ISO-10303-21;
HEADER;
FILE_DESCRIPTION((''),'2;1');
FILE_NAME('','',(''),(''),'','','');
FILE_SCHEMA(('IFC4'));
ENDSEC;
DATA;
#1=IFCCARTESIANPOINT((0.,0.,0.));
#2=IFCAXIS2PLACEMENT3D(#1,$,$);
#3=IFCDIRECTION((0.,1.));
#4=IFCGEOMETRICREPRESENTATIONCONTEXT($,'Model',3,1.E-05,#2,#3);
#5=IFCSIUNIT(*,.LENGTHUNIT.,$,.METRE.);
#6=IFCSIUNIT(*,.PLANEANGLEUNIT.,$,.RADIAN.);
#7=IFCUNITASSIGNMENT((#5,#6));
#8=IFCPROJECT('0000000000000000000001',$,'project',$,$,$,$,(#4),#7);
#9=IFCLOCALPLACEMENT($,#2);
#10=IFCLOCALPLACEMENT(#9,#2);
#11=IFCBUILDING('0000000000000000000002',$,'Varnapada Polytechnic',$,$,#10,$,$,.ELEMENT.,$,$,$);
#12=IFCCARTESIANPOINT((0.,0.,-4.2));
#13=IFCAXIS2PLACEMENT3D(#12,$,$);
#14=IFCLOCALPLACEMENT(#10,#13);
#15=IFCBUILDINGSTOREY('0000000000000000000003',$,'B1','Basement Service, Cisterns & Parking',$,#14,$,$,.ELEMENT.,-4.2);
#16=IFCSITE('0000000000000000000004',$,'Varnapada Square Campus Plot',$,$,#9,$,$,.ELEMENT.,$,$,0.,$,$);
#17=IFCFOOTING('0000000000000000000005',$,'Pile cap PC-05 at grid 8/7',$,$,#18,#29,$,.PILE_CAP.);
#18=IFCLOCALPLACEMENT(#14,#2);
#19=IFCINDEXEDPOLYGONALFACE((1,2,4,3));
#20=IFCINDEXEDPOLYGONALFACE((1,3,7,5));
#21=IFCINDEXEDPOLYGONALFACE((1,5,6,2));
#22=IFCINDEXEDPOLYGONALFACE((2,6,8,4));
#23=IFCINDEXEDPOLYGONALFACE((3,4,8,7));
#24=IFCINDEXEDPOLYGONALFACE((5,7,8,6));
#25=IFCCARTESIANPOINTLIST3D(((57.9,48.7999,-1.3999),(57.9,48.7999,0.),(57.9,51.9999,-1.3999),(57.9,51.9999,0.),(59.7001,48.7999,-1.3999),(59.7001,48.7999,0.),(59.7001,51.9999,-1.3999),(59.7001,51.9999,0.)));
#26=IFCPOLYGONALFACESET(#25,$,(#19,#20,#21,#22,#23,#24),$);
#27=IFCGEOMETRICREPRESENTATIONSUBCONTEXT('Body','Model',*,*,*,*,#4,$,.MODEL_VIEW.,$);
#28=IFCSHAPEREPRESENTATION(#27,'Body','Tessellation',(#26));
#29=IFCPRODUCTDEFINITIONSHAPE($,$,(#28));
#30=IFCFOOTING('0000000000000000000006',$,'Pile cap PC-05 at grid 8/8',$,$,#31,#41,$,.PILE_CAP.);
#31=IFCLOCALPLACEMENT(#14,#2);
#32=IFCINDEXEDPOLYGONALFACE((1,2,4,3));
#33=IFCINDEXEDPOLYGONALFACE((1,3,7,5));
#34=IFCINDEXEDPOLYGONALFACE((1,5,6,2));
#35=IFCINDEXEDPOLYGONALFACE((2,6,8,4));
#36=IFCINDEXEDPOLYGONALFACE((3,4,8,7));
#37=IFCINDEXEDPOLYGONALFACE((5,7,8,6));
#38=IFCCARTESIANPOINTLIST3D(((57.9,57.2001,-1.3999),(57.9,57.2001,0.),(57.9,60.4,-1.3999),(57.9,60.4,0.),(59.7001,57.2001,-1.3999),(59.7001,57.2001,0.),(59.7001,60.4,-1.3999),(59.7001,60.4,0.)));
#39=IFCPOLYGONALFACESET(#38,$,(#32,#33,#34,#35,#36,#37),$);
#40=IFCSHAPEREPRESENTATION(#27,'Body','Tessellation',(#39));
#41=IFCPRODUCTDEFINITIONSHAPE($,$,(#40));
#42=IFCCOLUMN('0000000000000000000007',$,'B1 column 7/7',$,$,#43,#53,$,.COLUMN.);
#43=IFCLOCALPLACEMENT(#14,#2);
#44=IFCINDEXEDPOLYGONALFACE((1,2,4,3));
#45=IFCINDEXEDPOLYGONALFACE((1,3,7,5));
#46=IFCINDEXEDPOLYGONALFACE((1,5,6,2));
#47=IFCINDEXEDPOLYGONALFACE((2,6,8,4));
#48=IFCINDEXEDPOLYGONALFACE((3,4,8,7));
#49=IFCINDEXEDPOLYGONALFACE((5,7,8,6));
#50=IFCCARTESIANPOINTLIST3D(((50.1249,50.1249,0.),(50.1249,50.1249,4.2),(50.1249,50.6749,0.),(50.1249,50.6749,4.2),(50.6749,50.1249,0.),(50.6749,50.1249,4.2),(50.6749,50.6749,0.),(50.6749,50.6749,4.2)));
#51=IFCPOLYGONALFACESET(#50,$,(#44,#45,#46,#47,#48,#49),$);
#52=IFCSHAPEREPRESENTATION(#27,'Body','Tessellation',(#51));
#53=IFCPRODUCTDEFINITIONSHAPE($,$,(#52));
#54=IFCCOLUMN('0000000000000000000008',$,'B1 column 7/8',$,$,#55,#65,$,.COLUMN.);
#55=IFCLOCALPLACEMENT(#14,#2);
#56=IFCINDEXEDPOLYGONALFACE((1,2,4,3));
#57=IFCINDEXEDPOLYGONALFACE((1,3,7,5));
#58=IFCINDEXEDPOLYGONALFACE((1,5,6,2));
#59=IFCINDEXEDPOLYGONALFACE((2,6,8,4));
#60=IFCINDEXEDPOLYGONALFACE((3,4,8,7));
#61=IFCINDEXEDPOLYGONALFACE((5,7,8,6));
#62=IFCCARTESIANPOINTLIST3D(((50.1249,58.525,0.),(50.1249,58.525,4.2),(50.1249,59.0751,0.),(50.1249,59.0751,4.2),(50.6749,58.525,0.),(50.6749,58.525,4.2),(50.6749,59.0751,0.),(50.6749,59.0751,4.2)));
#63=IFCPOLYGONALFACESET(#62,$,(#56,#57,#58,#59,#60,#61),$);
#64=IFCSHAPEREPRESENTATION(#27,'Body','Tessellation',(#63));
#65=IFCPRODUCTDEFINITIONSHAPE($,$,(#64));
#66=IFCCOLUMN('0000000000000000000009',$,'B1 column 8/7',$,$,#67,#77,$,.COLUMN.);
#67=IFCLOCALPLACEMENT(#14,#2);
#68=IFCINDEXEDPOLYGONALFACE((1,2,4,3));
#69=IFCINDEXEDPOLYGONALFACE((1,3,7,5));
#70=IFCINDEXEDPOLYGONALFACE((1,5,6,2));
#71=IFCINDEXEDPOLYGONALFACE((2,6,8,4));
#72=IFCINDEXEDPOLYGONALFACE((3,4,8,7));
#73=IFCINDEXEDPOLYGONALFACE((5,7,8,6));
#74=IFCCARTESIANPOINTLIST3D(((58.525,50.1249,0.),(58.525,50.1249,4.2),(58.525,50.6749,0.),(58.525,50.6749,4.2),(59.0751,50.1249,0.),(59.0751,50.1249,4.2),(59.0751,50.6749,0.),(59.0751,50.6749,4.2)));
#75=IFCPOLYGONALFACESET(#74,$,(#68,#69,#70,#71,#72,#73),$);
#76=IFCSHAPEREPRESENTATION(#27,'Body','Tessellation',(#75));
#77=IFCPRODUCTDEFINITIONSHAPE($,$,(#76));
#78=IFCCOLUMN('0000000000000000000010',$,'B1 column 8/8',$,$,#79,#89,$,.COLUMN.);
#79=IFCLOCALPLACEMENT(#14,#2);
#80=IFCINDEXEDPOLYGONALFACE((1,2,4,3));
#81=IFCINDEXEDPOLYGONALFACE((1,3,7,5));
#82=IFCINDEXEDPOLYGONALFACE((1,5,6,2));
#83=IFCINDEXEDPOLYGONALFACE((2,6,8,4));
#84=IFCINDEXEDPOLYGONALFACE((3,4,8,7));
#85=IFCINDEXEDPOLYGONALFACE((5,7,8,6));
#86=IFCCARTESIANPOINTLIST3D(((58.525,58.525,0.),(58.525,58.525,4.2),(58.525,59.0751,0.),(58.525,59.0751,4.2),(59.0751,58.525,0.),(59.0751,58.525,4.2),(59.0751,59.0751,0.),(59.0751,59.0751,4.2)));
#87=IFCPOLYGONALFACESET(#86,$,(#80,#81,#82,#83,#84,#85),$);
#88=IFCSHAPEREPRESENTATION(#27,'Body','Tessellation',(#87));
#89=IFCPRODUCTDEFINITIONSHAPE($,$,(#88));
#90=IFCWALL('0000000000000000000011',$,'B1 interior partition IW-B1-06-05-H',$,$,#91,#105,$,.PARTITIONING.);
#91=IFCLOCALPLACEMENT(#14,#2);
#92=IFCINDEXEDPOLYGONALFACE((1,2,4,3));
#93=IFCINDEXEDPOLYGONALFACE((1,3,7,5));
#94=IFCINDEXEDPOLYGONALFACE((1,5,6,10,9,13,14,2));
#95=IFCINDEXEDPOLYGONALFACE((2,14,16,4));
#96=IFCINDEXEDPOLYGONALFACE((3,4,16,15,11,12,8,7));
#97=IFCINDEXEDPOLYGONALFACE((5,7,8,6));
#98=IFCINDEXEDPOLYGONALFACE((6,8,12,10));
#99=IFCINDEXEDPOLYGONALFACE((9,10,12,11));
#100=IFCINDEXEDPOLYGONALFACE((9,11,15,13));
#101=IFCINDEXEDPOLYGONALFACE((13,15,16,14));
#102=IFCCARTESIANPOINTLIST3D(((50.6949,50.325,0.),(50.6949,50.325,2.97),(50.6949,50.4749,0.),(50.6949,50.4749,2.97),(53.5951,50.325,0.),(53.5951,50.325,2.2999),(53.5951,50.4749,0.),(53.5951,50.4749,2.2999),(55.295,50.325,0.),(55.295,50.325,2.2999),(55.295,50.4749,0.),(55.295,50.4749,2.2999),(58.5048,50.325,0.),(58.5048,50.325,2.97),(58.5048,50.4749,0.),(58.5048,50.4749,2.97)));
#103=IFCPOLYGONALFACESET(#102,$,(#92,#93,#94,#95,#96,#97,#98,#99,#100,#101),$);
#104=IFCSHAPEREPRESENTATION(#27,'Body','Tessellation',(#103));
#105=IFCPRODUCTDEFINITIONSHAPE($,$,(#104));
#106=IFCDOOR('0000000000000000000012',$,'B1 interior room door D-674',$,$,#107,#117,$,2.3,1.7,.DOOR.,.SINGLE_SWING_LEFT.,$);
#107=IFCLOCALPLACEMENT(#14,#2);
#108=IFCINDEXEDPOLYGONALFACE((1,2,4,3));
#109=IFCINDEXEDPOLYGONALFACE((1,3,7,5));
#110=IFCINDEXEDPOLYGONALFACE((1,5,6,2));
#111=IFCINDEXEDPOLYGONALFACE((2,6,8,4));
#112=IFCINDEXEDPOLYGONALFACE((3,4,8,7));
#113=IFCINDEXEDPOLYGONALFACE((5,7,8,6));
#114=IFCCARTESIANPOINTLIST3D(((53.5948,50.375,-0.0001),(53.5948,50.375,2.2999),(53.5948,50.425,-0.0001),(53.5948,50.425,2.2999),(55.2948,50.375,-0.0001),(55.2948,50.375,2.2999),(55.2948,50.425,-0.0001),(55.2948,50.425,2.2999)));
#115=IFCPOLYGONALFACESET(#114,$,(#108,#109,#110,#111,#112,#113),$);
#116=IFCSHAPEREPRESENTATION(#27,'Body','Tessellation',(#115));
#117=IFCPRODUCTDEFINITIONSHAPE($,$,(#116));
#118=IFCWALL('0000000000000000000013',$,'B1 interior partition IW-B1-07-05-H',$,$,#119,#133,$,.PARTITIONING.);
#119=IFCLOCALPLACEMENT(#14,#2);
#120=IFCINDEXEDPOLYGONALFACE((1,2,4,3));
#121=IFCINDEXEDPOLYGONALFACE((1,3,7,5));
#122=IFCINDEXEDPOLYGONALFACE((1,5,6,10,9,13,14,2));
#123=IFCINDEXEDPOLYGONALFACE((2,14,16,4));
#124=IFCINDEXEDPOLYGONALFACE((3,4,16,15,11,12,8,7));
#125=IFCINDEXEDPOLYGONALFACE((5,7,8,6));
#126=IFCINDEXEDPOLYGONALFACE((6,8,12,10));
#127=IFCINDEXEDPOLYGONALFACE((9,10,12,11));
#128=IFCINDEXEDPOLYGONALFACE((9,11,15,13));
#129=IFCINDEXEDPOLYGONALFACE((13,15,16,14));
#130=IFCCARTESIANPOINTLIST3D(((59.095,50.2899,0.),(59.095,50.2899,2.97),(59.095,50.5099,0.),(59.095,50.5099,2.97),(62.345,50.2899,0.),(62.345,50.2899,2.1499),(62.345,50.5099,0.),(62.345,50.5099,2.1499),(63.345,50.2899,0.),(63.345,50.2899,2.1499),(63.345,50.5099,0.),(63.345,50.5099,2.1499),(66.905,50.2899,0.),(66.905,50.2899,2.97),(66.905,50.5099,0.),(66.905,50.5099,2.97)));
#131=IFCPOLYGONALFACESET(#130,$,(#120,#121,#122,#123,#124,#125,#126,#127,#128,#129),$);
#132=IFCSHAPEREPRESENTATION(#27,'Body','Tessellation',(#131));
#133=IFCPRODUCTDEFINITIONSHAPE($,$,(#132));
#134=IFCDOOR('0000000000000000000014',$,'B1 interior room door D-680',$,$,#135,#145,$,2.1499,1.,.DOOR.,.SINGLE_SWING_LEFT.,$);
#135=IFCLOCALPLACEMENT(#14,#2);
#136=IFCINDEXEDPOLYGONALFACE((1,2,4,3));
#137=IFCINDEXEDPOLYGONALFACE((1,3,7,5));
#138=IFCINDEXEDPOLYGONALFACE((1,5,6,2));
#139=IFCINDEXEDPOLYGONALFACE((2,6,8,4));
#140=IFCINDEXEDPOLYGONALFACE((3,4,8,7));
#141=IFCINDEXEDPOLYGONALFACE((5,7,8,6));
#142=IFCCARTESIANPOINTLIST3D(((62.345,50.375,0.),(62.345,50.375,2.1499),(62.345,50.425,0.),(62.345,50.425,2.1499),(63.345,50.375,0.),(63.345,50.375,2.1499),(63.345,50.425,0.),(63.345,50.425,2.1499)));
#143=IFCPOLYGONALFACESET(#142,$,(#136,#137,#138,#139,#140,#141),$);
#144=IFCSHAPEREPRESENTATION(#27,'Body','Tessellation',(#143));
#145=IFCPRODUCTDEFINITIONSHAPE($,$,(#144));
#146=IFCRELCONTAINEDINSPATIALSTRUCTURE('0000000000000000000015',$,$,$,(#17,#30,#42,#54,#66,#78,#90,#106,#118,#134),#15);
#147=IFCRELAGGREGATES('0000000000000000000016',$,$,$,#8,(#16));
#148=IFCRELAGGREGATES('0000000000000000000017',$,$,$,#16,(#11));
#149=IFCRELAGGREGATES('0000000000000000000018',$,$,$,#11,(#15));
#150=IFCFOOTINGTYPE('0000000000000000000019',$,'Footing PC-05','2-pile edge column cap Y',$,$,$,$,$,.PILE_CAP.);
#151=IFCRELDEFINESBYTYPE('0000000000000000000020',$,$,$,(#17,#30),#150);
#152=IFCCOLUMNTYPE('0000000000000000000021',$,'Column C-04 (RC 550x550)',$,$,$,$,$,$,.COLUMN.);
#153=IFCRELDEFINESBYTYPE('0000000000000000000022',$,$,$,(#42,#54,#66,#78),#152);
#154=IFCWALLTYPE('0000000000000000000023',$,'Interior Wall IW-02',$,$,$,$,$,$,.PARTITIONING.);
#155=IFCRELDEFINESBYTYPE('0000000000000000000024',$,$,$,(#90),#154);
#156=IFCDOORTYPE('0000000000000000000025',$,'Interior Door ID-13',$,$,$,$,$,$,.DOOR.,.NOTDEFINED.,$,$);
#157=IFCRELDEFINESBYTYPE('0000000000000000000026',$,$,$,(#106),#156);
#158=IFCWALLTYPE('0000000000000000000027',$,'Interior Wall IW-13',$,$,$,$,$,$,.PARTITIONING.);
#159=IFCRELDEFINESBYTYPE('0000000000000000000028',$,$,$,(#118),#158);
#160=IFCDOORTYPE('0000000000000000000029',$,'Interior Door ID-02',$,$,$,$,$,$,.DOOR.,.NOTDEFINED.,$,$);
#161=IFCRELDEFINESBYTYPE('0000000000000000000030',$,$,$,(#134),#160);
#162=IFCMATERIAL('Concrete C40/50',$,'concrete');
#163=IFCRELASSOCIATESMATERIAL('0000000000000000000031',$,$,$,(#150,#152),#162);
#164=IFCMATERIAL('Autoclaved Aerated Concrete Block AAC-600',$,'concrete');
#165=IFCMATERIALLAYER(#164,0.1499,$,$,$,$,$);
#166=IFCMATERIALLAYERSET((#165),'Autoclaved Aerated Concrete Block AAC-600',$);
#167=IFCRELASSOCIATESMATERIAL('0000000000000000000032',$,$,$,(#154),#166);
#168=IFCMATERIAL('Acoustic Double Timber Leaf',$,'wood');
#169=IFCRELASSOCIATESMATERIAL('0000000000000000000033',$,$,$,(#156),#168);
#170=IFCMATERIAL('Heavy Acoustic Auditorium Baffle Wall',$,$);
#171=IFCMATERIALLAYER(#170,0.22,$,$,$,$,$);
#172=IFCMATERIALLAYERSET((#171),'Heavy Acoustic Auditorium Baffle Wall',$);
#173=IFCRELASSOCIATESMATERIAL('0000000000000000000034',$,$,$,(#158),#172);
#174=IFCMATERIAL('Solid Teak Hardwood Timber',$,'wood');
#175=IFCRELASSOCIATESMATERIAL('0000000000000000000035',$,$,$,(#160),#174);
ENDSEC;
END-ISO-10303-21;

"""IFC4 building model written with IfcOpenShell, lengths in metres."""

from ifc_helpers import new_model, si_unit, direction, frame, frame_2d, origin, origin_2d, place, context, subcontext, project, spatial, rectangle, extrude, material, layer, layer_set, material_profile, profile_set, type_object, element, fill, save


model = new_model("IFC4")

# Units and contexts
model_context = context("Model", 3, precision=1e-05, world=origin(), true_north=direction((0.0, 1.0)))
body_context = subcontext(model_context, "Body", "Model", "MODEL_VIEW")
ifc_project = project(units=[si_unit("LENGTHUNIT", "METRE"), si_unit("PLANEANGLEUNIT", "RADIAN")], contexts=[model_context])

# Site, building, storey
site_placement = place(None, origin())
site = spatial("IfcSite", under=ifc_project, at=site_placement, Name="Varnapada Square Campus Plot", CompositionType="ELEMENT", RefElevation=0.0)
building_placement = place(site_placement, origin())
building = spatial("IfcBuilding", under=site, at=building_placement, Name="Varnapada Polytechnic", CompositionType="ELEMENT")
storey_placement = place(building_placement, frame((0.0, 0.0, -4.2)))
storey = spatial("IfcBuildingStorey", under=building, at=storey_placement, Name="B1", Description="Basement Service, Cisterns & Parking", CompositionType="ELEMENT", Elevation=-4.2)

# Shared definitions
ifc_material_1 = material(Name="Concrete C40/50", Category="concrete")

# Footings
footing_type_1 = type_object("IfcFootingType", Name="Footing PC-05", Description="2-pile edge column cap Y", PredefinedType="PILE_CAP", material=ifc_material_1)
for number, where, z_axis, x_axis, name in (
    (1, (58.8, 50.3999, -1.3999), (0.0, 0.0, 1.0), (1.0, 0.0, 0.0), "Pile cap PC-05 at grid 8/7"),
    (2, (58.8, 58.8, -1.3999), (0.0, 0.0, 1.0), (1.0, 0.0, 0.0), "Pile cap PC-05 at grid 8/8"),
):
    element("IfcFooting", number, at=place(storey_placement, frame(where, z_axis=z_axis, x_axis=x_axis)), inside=storey, type_object=footing_type_1, Name=name, PredefinedType="PILE_CAP", context=body_context, shape_type="SweptSolid", body=[
        extrude(rectangle(XDim=1.8, YDim=3.2, at=origin_2d()), origin(), (0.0, 0.0, 1.0), 1.3999),
    ])

# Columns
ifc_material_profile_1 = material_profile(ifc_material_1, rectangle(XDim=0.55, YDim=0.55, at=origin_2d()), Name="RC 550x550")
ifc_profile_set_1 = profile_set([ifc_material_profile_1], Name="Concrete C40/50")
column_type = type_object("IfcColumnType", Name="Column C-04 (RC 550x550)", PredefinedType="COLUMN", material=ifc_profile_set_1)
for number, where, z_axis, x_axis, name in (
    (3, (50.3999, 50.3999, 0.0), (0.0, 0.0, 1.0), (1.0, 0.0, 0.0), "B1 column 7/7"),
    (4, (50.3999, 58.8, 0.0), (0.0, 0.0, 1.0), (1.0, 0.0, 0.0), "B1 column 7/8"),
    (5, (58.8, 50.3999, 0.0), (0.0, 0.0, 1.0), (1.0, 0.0, 0.0), "B1 column 8/7"),
    (6, (58.8, 58.8, 0.0), (0.0, 0.0, 1.0), (1.0, 0.0, 0.0), "B1 column 8/8"),
):
    element("IfcColumn", number, at=place(storey_placement, frame(where, z_axis=z_axis, x_axis=x_axis)), inside=storey, type_object=column_type, Name=name, PredefinedType="COLUMN", context=body_context, shape_type="SweptSolid", body=[
        extrude(rectangle(XDim=0.55, YDim=0.55, at=origin_2d()), origin(), (0.0, 0.0, 1.0), 4.2),
    ])

# Walls, openings, doors
ifc_material_2 = material(Name="Autoclaved Aerated Concrete Block AAC-600", Category="concrete")
ifc_layer_1 = layer(ifc_material_2, 0.1499)
ifc_layer_set_1 = layer_set([ifc_layer_1], Name="Autoclaved Aerated Concrete Block AAC-600")
wall_type_1 = type_object("IfcWallType", Name="Interior Wall IW-02", PredefinedType="PARTITIONING", material=ifc_layer_set_1)
wall_1_placement = place(storey_placement, frame((50.6951, 50.3999, 0.0), z_axis=(0.0, 0.0, 1.0), x_axis=(1.0, 0.0, 0.0)))
wall_1 = element("IfcWall", 7, at=wall_1_placement, inside=storey, type_object=wall_type_1, Name="B1 interior partition IW-B1-06-05-H", PredefinedType="PARTITIONING", context=body_context, shape_type="SweptSolid", body=[
    extrude(rectangle(XDim=7.8098, YDim=0.1499, at=frame_2d((3.9048, 0.0))), origin(), (0.0, 0.0, 1.0), 2.97),
])
opening_1_placement = place(wall_1_placement, frame((2.8999, 0.0, 0.0)))
opening_1 = element("IfcOpeningElement", 8, at=opening_1_placement, cuts=wall_1, PredefinedType="OPENING", context=body_context, shape_type="SweptSolid", body=[
    extrude(rectangle(XDim=1.7, YDim=2.3, at=frame_2d((0.8501, 1.1499))), frame((0.0, 0.085, 0.0), z_axis=(0.0, -1.0, 0.0), x_axis=(1.0, 0.0, 0.0)), (0.0, 0.0, 1.0), 0.1699),
])
ifc_material_3 = material(Name="Acoustic Double Timber Leaf", Category="wood")
door_type_1 = type_object("IfcDoorType", Name="Interior Door ID-13", OperationType="NOTDEFINED", PredefinedType="DOOR", material=ifc_material_3)
door_1_placement = place(opening_1_placement, frame((1.7, 0.0, 0.0), z_axis=(0.0, 0.0, 1.0), x_axis=(-1.0, 0.0, 0.0)))
door_1 = element("IfcDoor", 9, at=door_1_placement, inside=storey, type_object=door_type_1, Name="B1 interior room door D-674", OperationType="SINGLE_SWING_LEFT", OverallHeight=2.3, OverallWidth=1.7, PredefinedType="DOOR", context=body_context, shape_type="SweptSolid", body=[
    extrude(rectangle(XDim=1.7, YDim=2.3, at=frame_2d((0.8501, 1.1499))), frame((0.0, 0.0249, 0.0), z_axis=(0.0, -1.0, 0.0), x_axis=(1.0, 0.0, 0.0)), (0.0, 0.0, 1.0), 0.05),
])
fill(opening_1, door_1)
ifc_material_4 = material(Name="Heavy Acoustic Auditorium Baffle Wall")
ifc_layer_2 = layer(ifc_material_4, 0.22)
ifc_layer_set_2 = layer_set([ifc_layer_2], Name="Heavy Acoustic Auditorium Baffle Wall")
wall_type_2 = type_object("IfcWallType", Name="Interior Wall IW-13", PredefinedType="PARTITIONING", material=ifc_layer_set_2)
wall_2_placement = place(storey_placement, frame((59.095, 50.3999, 0.0), z_axis=(0.0, 0.0, 1.0), x_axis=(1.0, 0.0, 0.0)))
wall_2 = element("IfcWall", 10, at=wall_2_placement, inside=storey, type_object=wall_type_2, Name="B1 interior partition IW-B1-07-05-H", PredefinedType="PARTITIONING", context=body_context, shape_type="SweptSolid", body=[
    extrude(rectangle(XDim=7.8101, YDim=0.22, at=frame_2d((3.905, 0.0))), origin(), (0.0, 0.0, 1.0), 2.97),
])
opening_2_placement = place(wall_2_placement, frame((3.25, 0.0, 0.0)))
opening_2 = element("IfcOpeningElement", 11, at=opening_2_placement, cuts=wall_2, PredefinedType="OPENING", context=body_context, shape_type="SweptSolid", body=[
    extrude(rectangle(XDim=1.0, YDim=2.1499, at=frame_2d((0.5, 1.075))), frame((0.0, 0.1199, 0.0), z_axis=(0.0, -1.0, 0.0), x_axis=(1.0, 0.0, 0.0)), (0.0, 0.0, 1.0), 0.24),
])
ifc_material_5 = material(Name="Solid Teak Hardwood Timber", Category="wood")
door_type_2 = type_object("IfcDoorType", Name="Interior Door ID-02", OperationType="NOTDEFINED", PredefinedType="DOOR", material=ifc_material_5)
door_2_placement = place(opening_2_placement, frame((1.0, 0.0, 0.0), z_axis=(0.0, 0.0, 1.0), x_axis=(-1.0, 0.0, 0.0)))
door_2 = element("IfcDoor", 12, at=door_2_placement, inside=storey, type_object=door_type_2, Name="B1 interior room door D-680", OperationType="SINGLE_SWING_LEFT", OverallHeight=2.1499, OverallWidth=1.0, PredefinedType="DOOR", context=body_context, shape_type="SweptSolid", body=[
    extrude(rectangle(XDim=1.0, YDim=2.1499, at=frame_2d((0.5, 1.075))), frame((0.0, 0.0249, 0.0), z_axis=(0.0, -1.0, 0.0), x_axis=(1.0, 0.0, 0.0)), (0.0, 0.0, 1.0), 0.05),
])
fill(opening_2, door_2)

save(model, "model.ifc")
